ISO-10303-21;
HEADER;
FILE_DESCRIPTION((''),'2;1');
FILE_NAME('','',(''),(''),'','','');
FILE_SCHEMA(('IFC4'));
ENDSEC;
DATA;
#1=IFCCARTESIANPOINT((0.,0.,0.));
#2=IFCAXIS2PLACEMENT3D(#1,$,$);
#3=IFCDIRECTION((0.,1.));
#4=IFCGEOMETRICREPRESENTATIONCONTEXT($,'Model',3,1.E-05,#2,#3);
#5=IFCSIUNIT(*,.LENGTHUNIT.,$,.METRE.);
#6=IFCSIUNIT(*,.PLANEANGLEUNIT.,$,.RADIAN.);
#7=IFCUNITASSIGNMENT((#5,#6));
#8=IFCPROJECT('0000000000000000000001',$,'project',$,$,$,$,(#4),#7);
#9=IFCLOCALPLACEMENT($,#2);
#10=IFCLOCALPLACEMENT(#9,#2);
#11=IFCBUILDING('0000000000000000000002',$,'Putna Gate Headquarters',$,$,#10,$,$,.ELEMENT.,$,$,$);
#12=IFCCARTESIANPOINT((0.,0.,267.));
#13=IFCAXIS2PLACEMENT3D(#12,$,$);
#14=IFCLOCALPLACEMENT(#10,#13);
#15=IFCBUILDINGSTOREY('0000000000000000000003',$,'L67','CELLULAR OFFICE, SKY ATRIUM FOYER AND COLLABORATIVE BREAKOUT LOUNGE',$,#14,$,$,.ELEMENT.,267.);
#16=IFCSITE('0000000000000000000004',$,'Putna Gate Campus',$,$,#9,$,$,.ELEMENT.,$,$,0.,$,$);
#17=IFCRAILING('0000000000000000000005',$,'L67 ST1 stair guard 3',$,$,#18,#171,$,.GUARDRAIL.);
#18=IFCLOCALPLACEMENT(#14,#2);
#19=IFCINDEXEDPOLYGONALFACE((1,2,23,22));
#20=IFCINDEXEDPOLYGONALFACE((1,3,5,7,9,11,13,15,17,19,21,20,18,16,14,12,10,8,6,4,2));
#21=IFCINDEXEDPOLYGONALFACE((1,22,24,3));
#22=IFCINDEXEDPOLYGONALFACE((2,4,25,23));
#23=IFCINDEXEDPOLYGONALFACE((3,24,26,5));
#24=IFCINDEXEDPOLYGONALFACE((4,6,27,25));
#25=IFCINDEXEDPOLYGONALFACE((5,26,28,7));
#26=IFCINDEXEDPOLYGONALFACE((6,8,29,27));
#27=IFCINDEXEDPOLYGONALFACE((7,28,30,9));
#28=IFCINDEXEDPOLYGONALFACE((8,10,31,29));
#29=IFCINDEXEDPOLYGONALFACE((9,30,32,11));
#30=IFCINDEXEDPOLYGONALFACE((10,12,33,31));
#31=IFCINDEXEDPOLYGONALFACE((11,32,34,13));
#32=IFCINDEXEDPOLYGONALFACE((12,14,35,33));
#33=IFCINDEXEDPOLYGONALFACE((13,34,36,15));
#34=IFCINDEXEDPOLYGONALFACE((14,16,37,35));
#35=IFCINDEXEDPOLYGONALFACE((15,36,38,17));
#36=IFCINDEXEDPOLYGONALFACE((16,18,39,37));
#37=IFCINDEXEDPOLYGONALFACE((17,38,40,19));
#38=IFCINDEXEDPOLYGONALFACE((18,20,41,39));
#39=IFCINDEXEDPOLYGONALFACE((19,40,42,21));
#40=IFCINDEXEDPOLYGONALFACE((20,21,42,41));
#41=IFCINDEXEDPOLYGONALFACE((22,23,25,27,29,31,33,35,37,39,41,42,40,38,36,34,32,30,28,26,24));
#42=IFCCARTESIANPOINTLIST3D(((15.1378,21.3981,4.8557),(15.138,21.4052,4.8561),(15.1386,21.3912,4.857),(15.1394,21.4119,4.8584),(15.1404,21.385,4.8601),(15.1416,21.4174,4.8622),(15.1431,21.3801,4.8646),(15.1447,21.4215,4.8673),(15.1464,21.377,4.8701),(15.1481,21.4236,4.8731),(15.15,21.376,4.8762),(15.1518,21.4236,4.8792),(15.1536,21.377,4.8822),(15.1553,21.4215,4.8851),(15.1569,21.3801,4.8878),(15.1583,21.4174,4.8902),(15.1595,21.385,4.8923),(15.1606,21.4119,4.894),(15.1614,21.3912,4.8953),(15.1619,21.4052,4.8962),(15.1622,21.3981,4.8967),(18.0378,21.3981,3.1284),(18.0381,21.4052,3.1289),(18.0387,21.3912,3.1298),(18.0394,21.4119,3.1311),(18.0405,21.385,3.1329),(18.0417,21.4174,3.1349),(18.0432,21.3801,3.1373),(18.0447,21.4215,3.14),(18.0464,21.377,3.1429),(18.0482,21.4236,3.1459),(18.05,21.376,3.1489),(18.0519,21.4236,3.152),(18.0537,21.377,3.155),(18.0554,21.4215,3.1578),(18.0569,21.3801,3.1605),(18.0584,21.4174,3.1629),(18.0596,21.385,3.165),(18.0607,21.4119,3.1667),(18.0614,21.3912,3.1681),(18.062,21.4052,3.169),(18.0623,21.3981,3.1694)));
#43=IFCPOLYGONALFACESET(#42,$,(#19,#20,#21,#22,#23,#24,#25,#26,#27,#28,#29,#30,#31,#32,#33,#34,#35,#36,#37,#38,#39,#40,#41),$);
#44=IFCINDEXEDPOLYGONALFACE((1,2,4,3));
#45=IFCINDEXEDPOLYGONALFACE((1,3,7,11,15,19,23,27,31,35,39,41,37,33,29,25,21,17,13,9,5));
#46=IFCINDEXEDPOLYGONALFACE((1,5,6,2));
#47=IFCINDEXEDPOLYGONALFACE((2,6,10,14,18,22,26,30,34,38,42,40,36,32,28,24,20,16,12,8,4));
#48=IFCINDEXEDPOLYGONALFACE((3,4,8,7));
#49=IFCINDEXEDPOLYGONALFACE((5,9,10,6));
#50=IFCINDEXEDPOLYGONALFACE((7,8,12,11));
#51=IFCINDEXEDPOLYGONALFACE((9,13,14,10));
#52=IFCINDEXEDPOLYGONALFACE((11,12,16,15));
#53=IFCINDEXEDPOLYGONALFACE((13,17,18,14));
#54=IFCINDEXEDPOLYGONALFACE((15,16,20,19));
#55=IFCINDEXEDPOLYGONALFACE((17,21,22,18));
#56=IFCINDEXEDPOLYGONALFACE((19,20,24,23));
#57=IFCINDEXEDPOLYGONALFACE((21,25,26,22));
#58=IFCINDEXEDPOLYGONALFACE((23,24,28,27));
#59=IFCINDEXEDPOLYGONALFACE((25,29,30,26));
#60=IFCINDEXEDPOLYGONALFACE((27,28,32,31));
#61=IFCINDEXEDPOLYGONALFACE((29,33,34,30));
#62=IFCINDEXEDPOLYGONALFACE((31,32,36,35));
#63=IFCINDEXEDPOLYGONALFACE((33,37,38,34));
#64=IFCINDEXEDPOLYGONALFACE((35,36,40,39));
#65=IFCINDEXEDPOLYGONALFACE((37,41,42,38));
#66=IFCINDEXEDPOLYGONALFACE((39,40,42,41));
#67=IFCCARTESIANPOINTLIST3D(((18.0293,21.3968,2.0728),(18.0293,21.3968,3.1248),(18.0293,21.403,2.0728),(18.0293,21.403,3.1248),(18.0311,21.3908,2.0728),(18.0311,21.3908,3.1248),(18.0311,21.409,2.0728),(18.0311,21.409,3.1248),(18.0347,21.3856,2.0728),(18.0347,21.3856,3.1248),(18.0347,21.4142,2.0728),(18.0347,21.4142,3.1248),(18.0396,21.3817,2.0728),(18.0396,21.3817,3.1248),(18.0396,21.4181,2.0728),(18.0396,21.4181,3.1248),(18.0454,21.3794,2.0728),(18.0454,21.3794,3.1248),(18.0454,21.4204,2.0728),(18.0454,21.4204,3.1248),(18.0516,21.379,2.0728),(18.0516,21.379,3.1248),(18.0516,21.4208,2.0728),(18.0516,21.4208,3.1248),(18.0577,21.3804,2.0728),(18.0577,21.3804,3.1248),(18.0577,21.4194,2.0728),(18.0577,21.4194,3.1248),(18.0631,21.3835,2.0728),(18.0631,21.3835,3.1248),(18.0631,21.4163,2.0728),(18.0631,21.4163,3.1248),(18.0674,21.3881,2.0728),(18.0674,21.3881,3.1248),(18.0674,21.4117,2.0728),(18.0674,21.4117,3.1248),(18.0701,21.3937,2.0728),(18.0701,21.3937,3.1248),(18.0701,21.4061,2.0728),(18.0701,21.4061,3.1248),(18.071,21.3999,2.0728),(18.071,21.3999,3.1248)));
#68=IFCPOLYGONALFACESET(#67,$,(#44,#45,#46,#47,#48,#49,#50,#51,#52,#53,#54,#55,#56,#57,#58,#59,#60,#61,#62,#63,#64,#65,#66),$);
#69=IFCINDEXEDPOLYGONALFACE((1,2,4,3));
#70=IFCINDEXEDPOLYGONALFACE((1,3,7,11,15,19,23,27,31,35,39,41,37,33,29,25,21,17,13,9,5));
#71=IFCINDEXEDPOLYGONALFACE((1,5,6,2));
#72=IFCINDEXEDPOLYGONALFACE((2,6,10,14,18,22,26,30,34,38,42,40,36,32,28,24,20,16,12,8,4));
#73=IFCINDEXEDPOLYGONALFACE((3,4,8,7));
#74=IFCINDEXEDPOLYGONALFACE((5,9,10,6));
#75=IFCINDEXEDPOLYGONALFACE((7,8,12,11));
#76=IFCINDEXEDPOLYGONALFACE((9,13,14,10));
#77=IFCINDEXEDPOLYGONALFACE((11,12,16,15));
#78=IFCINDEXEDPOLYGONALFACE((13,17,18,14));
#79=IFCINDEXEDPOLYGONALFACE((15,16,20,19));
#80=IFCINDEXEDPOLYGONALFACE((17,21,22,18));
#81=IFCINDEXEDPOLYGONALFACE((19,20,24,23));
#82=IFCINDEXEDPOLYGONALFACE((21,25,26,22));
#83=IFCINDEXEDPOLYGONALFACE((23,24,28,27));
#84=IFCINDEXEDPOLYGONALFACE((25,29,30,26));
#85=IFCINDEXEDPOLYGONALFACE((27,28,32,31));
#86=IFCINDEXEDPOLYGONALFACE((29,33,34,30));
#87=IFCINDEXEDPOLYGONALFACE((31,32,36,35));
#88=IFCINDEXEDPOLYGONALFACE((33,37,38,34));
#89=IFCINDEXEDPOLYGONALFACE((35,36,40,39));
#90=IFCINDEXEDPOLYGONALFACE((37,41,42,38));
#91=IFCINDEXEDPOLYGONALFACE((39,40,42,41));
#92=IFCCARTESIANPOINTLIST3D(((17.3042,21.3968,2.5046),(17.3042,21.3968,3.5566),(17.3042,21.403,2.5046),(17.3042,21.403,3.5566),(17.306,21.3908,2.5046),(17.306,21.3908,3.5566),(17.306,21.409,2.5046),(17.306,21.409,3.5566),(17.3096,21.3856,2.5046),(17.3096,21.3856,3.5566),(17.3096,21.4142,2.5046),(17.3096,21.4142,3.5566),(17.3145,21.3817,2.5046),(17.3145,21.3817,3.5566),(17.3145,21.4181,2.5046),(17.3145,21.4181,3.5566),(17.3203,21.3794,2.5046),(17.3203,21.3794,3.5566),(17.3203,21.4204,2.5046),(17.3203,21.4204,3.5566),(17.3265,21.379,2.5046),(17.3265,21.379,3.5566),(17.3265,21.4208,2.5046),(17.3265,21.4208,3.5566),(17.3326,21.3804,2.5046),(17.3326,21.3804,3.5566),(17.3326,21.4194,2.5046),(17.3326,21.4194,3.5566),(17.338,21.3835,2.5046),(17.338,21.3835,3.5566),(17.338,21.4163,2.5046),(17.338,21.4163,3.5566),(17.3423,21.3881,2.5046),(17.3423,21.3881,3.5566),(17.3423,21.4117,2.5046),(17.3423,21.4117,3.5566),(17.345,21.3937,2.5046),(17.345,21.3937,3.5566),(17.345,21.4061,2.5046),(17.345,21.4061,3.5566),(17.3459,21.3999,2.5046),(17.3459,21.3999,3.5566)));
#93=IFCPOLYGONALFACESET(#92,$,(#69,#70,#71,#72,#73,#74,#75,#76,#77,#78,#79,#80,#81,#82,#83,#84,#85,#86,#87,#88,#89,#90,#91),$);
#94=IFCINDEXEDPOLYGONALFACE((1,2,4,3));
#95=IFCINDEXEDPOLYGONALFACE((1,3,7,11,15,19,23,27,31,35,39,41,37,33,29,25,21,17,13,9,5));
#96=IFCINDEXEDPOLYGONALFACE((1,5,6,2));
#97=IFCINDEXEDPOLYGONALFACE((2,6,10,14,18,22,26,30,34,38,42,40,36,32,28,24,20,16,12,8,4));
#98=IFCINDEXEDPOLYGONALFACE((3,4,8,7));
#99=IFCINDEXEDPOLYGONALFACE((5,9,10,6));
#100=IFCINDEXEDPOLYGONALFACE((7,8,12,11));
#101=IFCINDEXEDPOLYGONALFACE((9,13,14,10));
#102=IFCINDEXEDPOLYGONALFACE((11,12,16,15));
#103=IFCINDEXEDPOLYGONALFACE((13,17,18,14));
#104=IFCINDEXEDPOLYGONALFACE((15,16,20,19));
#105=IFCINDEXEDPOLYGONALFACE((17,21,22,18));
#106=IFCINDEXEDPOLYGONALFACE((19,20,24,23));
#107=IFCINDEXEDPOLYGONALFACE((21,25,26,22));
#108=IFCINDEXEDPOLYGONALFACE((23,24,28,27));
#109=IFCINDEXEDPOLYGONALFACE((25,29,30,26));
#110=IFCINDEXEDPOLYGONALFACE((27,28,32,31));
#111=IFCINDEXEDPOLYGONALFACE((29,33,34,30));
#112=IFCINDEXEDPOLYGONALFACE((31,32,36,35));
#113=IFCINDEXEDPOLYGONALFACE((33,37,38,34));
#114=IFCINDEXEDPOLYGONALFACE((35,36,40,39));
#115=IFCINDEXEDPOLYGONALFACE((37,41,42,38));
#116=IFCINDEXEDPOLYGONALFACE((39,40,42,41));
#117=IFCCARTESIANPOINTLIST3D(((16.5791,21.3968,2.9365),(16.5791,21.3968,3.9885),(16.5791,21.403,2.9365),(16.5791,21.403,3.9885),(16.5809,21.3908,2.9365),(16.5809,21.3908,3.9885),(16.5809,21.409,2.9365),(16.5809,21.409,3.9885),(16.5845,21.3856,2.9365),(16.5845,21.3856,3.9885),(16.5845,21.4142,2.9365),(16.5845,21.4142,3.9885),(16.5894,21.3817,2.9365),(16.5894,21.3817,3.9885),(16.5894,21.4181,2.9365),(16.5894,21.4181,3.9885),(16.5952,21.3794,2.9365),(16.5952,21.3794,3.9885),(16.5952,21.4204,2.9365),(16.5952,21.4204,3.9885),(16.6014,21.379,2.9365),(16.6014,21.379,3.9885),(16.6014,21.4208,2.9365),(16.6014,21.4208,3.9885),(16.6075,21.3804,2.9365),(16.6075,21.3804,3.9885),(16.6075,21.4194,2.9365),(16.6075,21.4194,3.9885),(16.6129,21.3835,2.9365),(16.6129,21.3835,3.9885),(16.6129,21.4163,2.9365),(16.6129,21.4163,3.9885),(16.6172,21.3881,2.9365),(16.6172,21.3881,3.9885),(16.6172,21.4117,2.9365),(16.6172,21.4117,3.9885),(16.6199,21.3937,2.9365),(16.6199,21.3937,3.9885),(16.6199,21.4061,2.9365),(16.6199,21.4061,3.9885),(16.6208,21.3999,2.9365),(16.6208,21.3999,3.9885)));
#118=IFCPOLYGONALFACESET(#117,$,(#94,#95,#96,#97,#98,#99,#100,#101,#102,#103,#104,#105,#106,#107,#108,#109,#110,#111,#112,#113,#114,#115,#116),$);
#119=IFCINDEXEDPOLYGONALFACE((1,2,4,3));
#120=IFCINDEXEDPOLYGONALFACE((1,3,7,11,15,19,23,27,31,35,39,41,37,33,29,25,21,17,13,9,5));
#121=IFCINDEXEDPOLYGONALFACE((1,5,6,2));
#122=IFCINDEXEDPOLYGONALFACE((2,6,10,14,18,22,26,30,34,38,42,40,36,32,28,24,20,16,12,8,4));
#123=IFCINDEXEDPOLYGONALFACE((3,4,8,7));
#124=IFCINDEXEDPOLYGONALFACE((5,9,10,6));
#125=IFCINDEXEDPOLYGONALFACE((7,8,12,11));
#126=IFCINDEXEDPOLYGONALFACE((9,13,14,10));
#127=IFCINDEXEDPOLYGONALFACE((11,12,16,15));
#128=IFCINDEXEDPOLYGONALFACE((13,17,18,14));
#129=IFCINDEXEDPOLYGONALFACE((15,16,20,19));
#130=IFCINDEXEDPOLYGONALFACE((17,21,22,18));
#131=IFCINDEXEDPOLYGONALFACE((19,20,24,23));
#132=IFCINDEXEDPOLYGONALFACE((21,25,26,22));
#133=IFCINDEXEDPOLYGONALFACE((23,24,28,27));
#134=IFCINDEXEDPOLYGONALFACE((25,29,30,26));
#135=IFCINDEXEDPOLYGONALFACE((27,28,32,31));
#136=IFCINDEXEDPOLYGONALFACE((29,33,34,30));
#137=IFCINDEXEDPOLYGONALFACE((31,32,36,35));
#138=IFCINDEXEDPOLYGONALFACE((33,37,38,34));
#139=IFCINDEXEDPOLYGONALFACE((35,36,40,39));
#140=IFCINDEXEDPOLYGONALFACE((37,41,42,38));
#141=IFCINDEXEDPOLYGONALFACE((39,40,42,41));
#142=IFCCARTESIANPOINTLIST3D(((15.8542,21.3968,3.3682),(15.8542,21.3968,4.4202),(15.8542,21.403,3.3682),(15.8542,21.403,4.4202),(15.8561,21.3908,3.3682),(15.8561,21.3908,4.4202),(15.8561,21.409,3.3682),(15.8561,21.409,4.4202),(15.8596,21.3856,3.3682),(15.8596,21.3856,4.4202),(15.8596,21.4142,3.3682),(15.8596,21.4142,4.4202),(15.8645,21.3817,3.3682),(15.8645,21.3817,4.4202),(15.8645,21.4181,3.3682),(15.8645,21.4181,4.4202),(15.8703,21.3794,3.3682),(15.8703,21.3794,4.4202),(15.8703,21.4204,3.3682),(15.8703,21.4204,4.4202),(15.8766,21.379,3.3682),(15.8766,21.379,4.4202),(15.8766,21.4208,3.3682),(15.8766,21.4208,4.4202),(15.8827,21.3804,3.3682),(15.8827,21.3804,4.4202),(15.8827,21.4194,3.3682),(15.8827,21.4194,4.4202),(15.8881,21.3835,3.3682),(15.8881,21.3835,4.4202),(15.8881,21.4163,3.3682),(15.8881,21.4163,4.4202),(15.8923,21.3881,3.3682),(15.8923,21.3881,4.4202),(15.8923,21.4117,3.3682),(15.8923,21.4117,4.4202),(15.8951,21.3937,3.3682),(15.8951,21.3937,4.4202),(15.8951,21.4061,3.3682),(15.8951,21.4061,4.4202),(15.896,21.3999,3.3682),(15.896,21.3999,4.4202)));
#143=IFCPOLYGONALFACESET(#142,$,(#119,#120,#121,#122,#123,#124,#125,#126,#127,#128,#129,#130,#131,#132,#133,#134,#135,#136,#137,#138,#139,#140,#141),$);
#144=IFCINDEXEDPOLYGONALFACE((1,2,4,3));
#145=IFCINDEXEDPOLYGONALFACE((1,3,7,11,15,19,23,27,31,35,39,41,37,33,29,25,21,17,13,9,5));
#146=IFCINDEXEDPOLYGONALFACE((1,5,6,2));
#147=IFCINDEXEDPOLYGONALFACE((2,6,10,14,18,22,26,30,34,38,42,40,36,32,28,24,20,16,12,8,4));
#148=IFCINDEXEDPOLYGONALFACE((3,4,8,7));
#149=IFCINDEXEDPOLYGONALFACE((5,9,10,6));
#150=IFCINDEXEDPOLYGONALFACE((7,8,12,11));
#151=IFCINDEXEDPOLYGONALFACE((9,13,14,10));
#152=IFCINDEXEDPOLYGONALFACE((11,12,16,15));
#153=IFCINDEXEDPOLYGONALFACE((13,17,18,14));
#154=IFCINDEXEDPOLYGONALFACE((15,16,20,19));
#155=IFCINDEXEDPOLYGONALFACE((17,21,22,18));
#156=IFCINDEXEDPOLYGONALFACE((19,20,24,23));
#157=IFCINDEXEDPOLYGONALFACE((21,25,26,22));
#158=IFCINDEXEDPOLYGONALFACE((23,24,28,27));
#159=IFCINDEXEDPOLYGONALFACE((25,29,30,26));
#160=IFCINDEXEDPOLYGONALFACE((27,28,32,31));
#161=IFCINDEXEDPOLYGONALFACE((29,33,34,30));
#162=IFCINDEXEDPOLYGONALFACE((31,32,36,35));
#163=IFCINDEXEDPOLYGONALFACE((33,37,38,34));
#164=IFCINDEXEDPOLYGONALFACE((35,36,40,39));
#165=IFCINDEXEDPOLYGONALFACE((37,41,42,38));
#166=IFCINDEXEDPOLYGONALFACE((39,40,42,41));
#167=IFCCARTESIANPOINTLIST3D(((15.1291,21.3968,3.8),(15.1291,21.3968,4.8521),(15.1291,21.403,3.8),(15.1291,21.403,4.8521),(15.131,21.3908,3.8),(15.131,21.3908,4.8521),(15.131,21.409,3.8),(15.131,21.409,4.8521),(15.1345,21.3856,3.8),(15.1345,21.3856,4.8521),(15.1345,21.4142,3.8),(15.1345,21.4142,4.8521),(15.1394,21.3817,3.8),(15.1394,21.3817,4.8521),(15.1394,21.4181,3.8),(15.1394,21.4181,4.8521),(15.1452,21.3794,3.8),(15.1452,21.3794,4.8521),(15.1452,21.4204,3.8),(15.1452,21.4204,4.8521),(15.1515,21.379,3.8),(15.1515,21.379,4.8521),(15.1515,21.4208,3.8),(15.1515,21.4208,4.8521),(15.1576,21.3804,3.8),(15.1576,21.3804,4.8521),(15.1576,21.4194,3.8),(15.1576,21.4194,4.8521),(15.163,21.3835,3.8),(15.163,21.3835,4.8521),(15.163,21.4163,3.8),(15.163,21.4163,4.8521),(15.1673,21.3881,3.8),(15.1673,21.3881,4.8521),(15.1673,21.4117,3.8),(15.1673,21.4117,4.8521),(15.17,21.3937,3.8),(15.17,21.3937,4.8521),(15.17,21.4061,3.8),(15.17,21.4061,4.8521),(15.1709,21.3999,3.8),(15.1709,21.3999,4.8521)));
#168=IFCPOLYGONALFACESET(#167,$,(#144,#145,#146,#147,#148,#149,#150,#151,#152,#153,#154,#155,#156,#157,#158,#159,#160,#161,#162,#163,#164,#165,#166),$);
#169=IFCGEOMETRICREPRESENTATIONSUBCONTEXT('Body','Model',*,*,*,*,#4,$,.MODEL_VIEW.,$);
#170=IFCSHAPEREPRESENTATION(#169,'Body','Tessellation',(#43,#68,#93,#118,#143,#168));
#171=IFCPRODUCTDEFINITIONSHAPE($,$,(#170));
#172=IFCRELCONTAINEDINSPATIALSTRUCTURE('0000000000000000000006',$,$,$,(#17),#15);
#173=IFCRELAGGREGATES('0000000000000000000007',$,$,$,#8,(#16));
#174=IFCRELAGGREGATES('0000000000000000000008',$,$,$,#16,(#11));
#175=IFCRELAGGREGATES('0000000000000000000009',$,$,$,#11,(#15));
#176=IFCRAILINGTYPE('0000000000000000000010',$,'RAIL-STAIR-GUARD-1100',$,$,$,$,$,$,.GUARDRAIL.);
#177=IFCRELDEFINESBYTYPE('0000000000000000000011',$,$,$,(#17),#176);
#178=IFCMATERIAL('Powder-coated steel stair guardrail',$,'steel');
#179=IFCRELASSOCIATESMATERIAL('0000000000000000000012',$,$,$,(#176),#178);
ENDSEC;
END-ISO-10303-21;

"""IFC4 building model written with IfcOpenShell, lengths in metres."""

from ifc_helpers import new_model, si_unit, direction, frame, origin, origin_2d, place, context, subcontext, project, spatial, circle, extrude, material, type_object, element, save


model = new_model("IFC4")

# Units and contexts
model_context = context("Model", 3, precision=1e-05, world=origin(), true_north=direction((0.0, 1.0)))
body_context = subcontext(model_context, "Body", "Model", "MODEL_VIEW")
ifc_project = project(units=[si_unit("LENGTHUNIT", "METRE"), si_unit("PLANEANGLEUNIT", "RADIAN")], contexts=[model_context])

# Site, building, storey
site_placement = place(None, origin())
site = spatial("IfcSite", under=ifc_project, at=site_placement, Name="Putna Gate Campus", CompositionType="ELEMENT", RefElevation=0.0)
building_placement = place(site_placement, origin())
building = spatial("IfcBuilding", under=site, at=building_placement, Name="Putna Gate Headquarters", CompositionType="ELEMENT")
storey_placement = place(building_placement, frame((0.0, 0.0, 267.0)))
storey = spatial("IfcBuildingStorey", under=building, at=storey_placement, Name="L67", Description="CELLULAR OFFICE, SKY ATRIUM FOYER AND COLLABORATIVE BREAKOUT LOUNGE", CompositionType="ELEMENT", Elevation=267.0)

# Railing
ifc_material_1 = material(Name="Powder-coated steel stair guardrail", Category="steel")
railing_type_1 = type_object("IfcRailingType", Name="RAIL-STAIR-GUARD-1100", PredefinedType="GUARDRAIL", material=ifc_material_1)
railing_1_placement = place(storey_placement, frame((18.05, 21.3999, 2.0728)))
element("IfcRailing", 1, at=railing_1_placement, inside=storey, type_object=railing_type_1, Name="L67 ST1 stair guard 3", PredefinedType="GUARDRAIL", context=body_context, shape_type="SweptSolid", body=[
    extrude(circle(Radius=0.0239, at=origin_2d()), frame((0.0, 0.0, 1.0762), z_axis=(-0.85916, 0.0, 0.511706), x_axis=(0.0, -1.0, 0.0)), (0.0, 0.0, 1.0), 3.3755),
    extrude(circle(Radius=0.021, at=origin_2d()), origin(), (0.0, 0.0, 1.0), 1.052),
    extrude(circle(Radius=0.021, at=origin_2d()), frame((-0.7251, 0.0, 0.4319)), (0.0, 0.0, 1.0), 1.052),
    extrude(circle(Radius=0.021, at=origin_2d()), frame((-1.4502, 0.0, 0.8638)), (0.0, 0.0, 1.0), 1.052),
    extrude(circle(Radius=0.021, at=origin_2d()), frame((-2.175, 0.0, 1.2954)), (0.0, 0.0, 1.0), 1.052),
    extrude(circle(Radius=0.021, at=origin_2d()), frame((-2.9001, 0.0, 1.7273)), (0.0, 0.0, 1.0), 1.052),
])

save(model, "model.ifc")
